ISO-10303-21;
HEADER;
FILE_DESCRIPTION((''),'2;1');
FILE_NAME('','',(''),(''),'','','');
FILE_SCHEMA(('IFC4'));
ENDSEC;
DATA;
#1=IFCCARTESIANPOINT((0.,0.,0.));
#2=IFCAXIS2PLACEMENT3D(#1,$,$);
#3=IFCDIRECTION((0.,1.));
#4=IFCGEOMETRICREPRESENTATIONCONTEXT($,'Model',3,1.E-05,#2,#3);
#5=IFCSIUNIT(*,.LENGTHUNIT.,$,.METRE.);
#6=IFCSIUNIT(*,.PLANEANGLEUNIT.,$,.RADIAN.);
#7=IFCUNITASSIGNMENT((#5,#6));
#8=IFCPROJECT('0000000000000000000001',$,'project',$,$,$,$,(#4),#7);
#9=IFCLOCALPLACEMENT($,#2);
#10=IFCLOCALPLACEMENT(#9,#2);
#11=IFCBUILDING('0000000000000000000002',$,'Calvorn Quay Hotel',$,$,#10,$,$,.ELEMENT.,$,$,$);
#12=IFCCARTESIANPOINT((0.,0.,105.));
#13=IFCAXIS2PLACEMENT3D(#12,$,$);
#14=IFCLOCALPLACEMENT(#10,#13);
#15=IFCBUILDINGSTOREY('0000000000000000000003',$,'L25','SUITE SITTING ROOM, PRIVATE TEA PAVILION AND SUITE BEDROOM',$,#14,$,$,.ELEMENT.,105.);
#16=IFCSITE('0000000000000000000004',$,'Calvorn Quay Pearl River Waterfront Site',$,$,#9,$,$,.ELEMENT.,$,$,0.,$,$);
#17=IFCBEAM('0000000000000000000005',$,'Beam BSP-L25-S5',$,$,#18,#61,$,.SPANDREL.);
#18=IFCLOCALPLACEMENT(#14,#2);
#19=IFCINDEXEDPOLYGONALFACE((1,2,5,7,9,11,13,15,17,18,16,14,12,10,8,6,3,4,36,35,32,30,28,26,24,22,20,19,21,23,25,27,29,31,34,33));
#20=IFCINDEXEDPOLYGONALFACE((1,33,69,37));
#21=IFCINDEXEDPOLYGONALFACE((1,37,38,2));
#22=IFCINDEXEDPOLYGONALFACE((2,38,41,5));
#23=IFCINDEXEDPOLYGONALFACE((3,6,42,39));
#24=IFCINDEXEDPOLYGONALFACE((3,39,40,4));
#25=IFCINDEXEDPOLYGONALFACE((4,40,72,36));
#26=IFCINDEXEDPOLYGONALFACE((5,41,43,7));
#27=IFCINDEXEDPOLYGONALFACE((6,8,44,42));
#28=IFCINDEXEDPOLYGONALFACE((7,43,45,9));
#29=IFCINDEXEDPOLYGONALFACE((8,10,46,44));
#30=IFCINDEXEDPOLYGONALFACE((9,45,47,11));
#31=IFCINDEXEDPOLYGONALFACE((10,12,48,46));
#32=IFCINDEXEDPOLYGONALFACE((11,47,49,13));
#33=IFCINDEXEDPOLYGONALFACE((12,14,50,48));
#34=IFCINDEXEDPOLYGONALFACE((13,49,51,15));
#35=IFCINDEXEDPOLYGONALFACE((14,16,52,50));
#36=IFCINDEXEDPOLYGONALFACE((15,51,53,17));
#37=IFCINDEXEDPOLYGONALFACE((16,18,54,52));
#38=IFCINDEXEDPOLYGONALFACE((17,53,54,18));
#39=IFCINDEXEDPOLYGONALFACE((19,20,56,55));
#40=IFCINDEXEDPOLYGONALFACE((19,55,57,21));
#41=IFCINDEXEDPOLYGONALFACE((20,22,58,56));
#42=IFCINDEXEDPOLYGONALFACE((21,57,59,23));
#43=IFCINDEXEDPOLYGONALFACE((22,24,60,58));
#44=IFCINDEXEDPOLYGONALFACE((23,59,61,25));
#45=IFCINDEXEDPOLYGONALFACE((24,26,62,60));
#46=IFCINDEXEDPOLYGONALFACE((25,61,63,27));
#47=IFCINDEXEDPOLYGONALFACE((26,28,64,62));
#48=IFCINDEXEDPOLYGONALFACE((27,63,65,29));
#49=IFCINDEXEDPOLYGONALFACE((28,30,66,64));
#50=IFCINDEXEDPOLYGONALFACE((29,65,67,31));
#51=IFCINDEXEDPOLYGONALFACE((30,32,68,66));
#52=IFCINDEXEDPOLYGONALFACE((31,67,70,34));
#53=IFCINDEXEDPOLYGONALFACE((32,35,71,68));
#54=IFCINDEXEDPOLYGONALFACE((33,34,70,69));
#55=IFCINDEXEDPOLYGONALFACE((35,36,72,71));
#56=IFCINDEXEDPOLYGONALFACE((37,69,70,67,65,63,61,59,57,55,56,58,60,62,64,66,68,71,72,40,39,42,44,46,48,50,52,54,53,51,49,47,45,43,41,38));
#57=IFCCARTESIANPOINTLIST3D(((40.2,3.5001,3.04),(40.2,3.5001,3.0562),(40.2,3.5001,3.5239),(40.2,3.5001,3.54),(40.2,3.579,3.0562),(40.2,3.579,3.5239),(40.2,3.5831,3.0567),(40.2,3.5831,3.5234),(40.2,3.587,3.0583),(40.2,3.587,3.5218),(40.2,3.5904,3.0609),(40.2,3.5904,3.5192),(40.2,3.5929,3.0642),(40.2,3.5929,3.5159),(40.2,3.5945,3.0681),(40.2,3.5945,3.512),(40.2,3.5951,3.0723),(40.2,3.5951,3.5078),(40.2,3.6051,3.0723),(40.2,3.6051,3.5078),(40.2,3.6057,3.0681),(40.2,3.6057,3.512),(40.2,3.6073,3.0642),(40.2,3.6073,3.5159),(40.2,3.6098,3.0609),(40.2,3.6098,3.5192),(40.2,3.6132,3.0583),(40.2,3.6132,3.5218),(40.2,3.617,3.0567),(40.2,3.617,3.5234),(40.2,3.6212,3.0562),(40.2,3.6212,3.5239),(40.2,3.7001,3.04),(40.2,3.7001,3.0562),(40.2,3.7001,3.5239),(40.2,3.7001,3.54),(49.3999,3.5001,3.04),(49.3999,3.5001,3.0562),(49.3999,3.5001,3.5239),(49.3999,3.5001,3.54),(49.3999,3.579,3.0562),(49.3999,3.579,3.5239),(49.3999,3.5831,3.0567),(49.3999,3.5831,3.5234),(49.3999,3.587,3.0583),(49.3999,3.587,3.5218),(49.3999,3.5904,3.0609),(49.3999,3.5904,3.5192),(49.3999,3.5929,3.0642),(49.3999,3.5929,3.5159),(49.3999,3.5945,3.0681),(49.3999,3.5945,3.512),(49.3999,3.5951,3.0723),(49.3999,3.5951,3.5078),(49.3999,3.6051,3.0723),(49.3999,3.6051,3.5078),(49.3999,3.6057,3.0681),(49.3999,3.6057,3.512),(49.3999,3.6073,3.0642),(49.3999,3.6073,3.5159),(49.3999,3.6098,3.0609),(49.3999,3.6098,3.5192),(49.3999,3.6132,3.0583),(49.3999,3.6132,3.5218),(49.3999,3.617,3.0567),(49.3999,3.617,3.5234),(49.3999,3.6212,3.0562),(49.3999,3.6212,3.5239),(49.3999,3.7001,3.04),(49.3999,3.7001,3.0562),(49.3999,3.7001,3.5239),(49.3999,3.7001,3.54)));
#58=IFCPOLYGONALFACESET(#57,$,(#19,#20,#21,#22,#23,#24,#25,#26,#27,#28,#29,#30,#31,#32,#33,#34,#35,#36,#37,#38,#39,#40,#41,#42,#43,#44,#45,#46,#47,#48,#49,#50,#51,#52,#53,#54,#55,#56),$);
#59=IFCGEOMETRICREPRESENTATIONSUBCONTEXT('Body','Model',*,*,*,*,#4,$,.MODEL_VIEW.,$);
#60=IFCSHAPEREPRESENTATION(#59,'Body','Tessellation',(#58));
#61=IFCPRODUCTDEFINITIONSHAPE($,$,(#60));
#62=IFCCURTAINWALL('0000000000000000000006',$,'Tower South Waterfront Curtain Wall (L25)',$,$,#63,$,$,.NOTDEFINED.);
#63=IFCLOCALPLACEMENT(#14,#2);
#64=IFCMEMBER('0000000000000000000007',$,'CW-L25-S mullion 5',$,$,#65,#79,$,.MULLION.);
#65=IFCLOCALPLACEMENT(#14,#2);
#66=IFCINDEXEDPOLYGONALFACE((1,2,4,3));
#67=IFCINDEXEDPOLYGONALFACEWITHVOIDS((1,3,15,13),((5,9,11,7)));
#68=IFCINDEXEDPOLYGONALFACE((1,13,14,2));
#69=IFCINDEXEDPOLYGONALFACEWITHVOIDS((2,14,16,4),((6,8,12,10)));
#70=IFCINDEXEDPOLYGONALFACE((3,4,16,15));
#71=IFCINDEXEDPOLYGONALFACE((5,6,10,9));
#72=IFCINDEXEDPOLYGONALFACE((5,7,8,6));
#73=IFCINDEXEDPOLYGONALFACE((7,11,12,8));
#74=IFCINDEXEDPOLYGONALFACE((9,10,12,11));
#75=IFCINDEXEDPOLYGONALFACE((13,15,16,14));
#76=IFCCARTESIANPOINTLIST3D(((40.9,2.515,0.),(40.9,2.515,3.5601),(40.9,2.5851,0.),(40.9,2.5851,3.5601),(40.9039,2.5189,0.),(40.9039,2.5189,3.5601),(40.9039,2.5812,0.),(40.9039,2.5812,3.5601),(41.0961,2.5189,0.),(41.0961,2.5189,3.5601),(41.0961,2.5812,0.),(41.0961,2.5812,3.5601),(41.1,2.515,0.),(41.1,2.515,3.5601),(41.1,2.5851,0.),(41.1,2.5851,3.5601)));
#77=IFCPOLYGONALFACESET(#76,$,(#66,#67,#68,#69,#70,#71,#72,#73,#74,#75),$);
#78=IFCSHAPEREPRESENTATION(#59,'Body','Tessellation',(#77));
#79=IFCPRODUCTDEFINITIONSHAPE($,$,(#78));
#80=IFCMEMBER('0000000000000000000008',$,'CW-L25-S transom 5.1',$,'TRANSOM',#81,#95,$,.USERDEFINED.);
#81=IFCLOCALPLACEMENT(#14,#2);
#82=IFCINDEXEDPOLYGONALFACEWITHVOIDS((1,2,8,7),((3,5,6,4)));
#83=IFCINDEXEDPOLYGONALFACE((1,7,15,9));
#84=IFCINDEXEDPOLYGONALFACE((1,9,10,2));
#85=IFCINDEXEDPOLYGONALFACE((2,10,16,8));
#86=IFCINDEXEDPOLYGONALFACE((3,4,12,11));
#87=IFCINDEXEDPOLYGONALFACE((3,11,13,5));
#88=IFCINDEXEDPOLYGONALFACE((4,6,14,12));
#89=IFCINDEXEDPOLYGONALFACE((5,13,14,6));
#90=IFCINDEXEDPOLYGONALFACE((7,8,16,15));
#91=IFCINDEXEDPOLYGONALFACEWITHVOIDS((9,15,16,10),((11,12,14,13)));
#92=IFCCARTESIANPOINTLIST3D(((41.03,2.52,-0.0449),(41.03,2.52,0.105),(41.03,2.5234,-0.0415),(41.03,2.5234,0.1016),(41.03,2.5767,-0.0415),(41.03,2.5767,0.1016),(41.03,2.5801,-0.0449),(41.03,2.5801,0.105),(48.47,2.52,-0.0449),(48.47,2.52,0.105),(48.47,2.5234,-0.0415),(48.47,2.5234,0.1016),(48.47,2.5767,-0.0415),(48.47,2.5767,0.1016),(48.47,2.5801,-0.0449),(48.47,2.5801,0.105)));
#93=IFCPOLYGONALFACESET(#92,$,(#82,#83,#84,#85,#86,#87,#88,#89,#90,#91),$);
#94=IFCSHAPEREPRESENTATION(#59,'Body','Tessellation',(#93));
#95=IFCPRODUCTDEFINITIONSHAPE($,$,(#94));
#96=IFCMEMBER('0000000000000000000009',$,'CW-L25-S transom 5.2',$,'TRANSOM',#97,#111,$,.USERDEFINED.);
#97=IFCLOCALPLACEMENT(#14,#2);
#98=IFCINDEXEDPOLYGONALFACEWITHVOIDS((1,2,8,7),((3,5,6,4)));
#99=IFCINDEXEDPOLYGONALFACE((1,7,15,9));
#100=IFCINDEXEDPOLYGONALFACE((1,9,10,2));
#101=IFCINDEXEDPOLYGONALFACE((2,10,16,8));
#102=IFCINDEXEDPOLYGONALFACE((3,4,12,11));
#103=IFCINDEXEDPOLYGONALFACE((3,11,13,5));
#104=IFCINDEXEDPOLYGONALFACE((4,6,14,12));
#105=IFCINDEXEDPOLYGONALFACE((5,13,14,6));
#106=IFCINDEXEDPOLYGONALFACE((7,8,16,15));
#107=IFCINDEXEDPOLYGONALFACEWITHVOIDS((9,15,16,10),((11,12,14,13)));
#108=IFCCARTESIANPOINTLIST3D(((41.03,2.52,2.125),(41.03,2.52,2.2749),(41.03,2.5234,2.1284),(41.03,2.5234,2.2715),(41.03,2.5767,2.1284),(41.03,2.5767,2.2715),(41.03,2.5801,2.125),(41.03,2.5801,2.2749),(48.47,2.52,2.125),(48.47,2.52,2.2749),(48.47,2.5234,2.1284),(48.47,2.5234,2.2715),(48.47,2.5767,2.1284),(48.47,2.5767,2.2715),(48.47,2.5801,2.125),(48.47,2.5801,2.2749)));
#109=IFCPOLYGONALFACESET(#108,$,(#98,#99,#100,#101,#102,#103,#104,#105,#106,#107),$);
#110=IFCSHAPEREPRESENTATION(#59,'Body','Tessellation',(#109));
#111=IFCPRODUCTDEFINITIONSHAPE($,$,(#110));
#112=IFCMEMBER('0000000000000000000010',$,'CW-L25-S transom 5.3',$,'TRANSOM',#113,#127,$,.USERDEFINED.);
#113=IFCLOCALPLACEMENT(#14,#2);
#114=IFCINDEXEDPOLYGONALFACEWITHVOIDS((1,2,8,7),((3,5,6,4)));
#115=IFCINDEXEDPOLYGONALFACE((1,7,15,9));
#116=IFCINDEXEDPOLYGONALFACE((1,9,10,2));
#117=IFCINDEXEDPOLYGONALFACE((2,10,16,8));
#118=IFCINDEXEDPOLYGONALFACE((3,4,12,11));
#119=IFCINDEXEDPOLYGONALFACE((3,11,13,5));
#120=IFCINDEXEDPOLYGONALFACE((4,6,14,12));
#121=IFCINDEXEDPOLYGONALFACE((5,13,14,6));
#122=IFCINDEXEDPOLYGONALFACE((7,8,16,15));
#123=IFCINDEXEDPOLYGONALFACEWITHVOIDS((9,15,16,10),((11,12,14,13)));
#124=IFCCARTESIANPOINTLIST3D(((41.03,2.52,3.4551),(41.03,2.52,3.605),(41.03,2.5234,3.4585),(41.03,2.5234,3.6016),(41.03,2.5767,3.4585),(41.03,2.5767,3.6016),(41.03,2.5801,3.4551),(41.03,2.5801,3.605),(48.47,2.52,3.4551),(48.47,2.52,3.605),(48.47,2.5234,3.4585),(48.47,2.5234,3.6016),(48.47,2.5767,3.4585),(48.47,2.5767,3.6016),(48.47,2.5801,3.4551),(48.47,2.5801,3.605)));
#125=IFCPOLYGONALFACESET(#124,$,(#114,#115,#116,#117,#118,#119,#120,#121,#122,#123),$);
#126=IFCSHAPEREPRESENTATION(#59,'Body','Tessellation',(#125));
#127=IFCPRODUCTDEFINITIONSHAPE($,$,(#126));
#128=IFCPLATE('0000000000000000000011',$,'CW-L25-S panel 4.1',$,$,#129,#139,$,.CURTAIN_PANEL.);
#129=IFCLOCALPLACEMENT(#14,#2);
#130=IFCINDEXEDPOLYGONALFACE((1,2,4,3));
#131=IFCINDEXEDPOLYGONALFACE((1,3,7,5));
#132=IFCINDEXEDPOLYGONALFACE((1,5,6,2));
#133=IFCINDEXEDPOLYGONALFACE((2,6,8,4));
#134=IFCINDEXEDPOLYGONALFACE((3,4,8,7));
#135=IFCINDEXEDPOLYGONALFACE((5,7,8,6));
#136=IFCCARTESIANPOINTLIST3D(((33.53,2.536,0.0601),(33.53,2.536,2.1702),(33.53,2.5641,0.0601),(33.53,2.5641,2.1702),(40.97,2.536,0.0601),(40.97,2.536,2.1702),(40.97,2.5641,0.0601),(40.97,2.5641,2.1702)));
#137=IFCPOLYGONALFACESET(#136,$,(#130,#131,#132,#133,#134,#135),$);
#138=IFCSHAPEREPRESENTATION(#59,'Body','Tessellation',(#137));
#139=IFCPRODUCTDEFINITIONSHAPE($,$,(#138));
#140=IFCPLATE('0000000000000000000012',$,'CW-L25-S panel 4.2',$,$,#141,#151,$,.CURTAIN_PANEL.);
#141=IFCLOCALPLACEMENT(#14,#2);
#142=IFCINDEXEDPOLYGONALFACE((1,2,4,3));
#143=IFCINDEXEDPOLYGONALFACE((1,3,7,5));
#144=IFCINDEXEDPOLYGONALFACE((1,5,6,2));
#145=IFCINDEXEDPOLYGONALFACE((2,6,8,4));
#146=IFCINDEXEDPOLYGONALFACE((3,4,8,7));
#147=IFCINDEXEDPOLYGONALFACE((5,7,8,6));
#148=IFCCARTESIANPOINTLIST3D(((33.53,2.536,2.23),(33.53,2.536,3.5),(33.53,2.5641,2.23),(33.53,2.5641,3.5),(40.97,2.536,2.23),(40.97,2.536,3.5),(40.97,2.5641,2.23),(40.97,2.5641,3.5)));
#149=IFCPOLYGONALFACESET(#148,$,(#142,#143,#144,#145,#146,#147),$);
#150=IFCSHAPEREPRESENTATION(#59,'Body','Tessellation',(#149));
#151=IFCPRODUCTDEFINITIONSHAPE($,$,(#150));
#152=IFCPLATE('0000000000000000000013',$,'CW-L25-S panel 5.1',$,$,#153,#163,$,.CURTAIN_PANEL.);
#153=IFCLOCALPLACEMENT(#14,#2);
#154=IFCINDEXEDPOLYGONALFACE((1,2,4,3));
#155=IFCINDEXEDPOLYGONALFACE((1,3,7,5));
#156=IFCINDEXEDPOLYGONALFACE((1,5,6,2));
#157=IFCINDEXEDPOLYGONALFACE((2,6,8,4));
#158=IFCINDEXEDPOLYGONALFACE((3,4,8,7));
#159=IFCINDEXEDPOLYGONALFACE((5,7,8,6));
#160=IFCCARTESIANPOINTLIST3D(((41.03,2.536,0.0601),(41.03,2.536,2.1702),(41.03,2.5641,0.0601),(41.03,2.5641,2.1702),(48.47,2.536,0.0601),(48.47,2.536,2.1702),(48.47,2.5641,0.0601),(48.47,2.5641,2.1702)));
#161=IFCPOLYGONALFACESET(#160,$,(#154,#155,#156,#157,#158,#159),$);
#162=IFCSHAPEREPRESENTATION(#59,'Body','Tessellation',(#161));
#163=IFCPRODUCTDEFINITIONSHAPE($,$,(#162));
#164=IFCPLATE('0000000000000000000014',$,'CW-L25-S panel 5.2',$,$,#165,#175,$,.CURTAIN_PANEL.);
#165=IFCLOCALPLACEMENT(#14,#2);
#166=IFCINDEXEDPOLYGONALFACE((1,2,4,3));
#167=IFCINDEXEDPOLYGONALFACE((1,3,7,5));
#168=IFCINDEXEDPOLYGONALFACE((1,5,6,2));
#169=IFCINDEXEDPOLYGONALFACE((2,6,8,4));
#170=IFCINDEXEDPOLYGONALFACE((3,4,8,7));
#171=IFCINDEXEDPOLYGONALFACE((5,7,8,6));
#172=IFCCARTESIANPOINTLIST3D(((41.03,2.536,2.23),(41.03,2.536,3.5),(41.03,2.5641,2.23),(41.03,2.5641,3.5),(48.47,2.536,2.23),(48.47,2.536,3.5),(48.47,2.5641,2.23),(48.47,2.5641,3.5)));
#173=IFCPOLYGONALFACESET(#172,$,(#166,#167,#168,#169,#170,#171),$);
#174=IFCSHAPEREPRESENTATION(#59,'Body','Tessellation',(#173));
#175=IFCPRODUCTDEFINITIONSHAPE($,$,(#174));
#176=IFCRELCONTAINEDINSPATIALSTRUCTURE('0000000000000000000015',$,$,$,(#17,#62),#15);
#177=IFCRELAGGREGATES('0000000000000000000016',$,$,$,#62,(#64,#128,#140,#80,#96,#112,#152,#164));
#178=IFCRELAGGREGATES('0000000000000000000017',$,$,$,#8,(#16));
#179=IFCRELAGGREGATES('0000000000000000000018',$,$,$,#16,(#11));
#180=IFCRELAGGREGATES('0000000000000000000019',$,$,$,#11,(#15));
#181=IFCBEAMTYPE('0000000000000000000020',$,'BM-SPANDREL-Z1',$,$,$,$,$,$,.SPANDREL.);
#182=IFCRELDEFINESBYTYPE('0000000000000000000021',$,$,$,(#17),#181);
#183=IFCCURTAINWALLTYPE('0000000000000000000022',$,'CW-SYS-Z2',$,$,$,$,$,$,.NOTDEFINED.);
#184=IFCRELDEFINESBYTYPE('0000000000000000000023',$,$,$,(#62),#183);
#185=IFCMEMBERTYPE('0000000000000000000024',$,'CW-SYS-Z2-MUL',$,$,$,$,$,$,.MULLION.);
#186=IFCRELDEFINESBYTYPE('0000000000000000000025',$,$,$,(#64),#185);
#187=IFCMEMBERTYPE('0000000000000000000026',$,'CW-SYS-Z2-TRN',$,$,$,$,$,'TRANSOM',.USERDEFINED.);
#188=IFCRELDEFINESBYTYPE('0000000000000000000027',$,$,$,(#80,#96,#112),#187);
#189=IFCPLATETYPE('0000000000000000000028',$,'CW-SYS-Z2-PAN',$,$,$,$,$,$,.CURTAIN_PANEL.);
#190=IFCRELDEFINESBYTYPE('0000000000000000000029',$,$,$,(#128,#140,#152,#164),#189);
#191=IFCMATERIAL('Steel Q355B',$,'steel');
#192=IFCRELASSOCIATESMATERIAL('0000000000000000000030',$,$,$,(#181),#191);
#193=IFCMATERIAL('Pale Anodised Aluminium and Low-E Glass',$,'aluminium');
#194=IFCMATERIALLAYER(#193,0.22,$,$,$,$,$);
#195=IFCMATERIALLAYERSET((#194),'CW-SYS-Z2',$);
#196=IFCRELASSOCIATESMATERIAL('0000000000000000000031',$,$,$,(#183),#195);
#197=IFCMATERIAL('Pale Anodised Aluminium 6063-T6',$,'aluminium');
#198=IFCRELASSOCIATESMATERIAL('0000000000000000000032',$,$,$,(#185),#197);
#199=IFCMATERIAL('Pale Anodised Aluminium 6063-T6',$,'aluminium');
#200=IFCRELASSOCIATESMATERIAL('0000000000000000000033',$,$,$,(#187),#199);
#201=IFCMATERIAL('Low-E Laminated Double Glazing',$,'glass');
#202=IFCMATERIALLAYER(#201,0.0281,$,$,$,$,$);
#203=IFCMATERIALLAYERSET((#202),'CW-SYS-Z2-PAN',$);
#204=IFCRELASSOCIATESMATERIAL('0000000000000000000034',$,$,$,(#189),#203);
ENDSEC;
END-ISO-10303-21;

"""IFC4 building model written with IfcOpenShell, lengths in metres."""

from ifc_helpers import new_model, si_unit, direction, frame, origin, origin_2d, place, context, subcontext, project, spatial, rectangle, hollow_rectangle, i_section, extrude, material, layer, layer_set, material_profile, profile_set, type_object, element, aggregate, save


model = new_model("IFC4")

# Units and contexts
model_context = context("Model", 3, precision=1e-05, world=origin(), true_north=direction((0.0, 1.0)))
body_context = subcontext(model_context, "Body", "Model", "MODEL_VIEW")
ifc_project = project(units=[si_unit("LENGTHUNIT", "METRE"), si_unit("PLANEANGLEUNIT", "RADIAN")], contexts=[model_context])

# Site, building, storey
site_placement = place(None, origin())
site = spatial("IfcSite", under=ifc_project, at=site_placement, Name="Calvorn Quay Pearl River Waterfront Site", CompositionType="ELEMENT", RefElevation=0.0)
building_placement = place(site_placement, origin())
building = spatial("IfcBuilding", under=site, at=building_placement, Name="Calvorn Quay Hotel", CompositionType="ELEMENT")
storey_placement = place(building_placement, frame((0.0, 0.0, 105.0)))
storey = spatial("IfcBuildingStorey", under=building, at=storey_placement, Name="L25", Description="SUITE SITTING ROOM, PRIVATE TEA PAVILION AND SUITE BEDROOM", CompositionType="ELEMENT", Elevation=105.0)

# Beam
ifc_material_1 = material(Name="Steel Q355B", Category="steel")
ifc_material_profile_1 = material_profile(ifc_material_1, i_section(OverallWidth=0.2, OverallDepth=0.5, WebThickness=0.01, FlangeThickness=0.0161, FilletRadius=0.0161, at=origin_2d()), Name="HN500x200x10x16")
ifc_profile_set_1 = profile_set([ifc_material_profile_1], Name="Steel Q355B")
beam_type_1 = type_object("IfcBeamType", Name="BM-SPANDREL-Z1", PredefinedType="SPANDREL", material=ifc_profile_set_1)
beam_1_placement = place(storey_placement, frame((40.2, 3.6001, 3.29), z_axis=(1.0, 0.0, 0.0), x_axis=(0.0, 1.0, 0.0)))
element("IfcBeam", 1, at=beam_1_placement, inside=storey, type_object=beam_type_1, Name="Beam BSP-L25-S5", PredefinedType="SPANDREL", context=body_context, shape_type="SweptSolid", body=[
    extrude(i_section(OverallWidth=0.2, OverallDepth=0.5, WebThickness=0.01, FlangeThickness=0.0161, FilletRadius=0.0161, at=origin_2d()), origin(), (0.0, 0.0, 1.0), 9.2),
])

# Curtain wall, members, plates
ifc_material_2 = material(Name="Pale Anodised Aluminium and Low-E Glass", Category="aluminium")
ifc_layer_1 = layer(ifc_material_2, 0.22)
ifc_layer_set_1 = layer_set([ifc_layer_1], Name="CW-SYS-Z2")
curtain_wall_type = type_object("IfcCurtainWallType", Name="CW-SYS-Z2", PredefinedType="NOTDEFINED", material=ifc_layer_set_1)
curtain_wall_placement = place(storey_placement, origin())
curtain_wall = element("IfcCurtainWall", 2, at=curtain_wall_placement, inside=storey, type_object=curtain_wall_type, Name="Tower South Waterfront Curtain Wall (L25)", PredefinedType="NOTDEFINED")
ifc_material_3 = material(Name="Pale Anodised Aluminium 6063-T6", Category="aluminium")
ifc_material_profile_2 = material_profile(ifc_material_3, hollow_rectangle(XDim=0.0701, YDim=0.2, WallThickness=0.0039, at=origin_2d()), Name="ALU-M200x70x4")
ifc_profile_set_2 = profile_set([ifc_material_profile_2], Name="Pale Anodised Aluminium 6063-T6")
member_type_1 = type_object("IfcMemberType", Name="CW-SYS-Z2-MUL", PredefinedType="MULLION", material=ifc_profile_set_2)
member_1_placement = place(storey_placement, frame((41.0, 2.55, 0.0), z_axis=(0.0, 0.0, 1.0), x_axis=(0.0, 1.0, 0.0)))
member_1 = element("IfcMember", 3, at=member_1_placement, type_object=member_type_1, Name="CW-L25-S mullion 5", PredefinedType="MULLION", context=body_context, shape_type="SweptSolid", body=[
    extrude(hollow_rectangle(XDim=0.0701, YDim=0.2, WallThickness=0.0039, at=origin_2d()), origin(), (0.0, 0.0, 1.0), 3.5601),
])
ifc_material_4 = material(Name="Pale Anodised Aluminium 6063-T6", Category="aluminium")
ifc_material_profile_3 = material_profile(ifc_material_4, hollow_rectangle(XDim=0.0601, YDim=0.1499, WallThickness=0.0034, at=origin_2d()), Name="ALU-T150x60x3.5")
ifc_profile_set_3 = profile_set([ifc_material_profile_3], Name="Pale Anodised Aluminium 6063-T6")
member_type_2 = type_object("IfcMemberType", Name="CW-SYS-Z2-TRN", ElementType="TRANSOM", PredefinedType="USERDEFINED", material=ifc_profile_set_3)
member_2_placement = place(storey_placement, frame((41.03, 2.55, 0.03), z_axis=(1.0, 0.0, 0.0), x_axis=(0.0, 1.0, 0.0)))
member_2 = element("IfcMember", 4, at=member_2_placement, type_object=member_type_2, Name="CW-L25-S transom 5.1", ObjectType="TRANSOM", PredefinedType="USERDEFINED", context=body_context, shape_type="SweptSolid", body=[
    extrude(hollow_rectangle(XDim=0.0601, YDim=0.1499, WallThickness=0.0034, at=origin_2d()), origin(), (0.0, 0.0, 1.0), 7.4399),
])
member_3_placement = place(storey_placement, frame((41.03, 2.55, 2.2), z_axis=(1.0, 0.0, 0.0), x_axis=(0.0, 1.0, 0.0)))
member_3 = element("IfcMember", 5, at=member_3_placement, type_object=member_type_2, Name="CW-L25-S transom 5.2", ObjectType="TRANSOM", PredefinedType="USERDEFINED", context=body_context, shape_type="SweptSolid", body=[
    extrude(hollow_rectangle(XDim=0.0601, YDim=0.1499, WallThickness=0.0034, at=origin_2d()), origin(), (0.0, 0.0, 1.0), 7.4399),
])
member_4_placement = place(storey_placement, frame((41.03, 2.55, 3.53), z_axis=(1.0, 0.0, 0.0), x_axis=(0.0, 1.0, 0.0)))
member_4 = element("IfcMember", 6, at=member_4_placement, type_object=member_type_2, Name="CW-L25-S transom 5.3", ObjectType="TRANSOM", PredefinedType="USERDEFINED", context=body_context, shape_type="SweptSolid", body=[
    extrude(hollow_rectangle(XDim=0.0601, YDim=0.1499, WallThickness=0.0034, at=origin_2d()), origin(), (0.0, 0.0, 1.0), 7.4399),
])
ifc_material_5 = material(Name="Low-E Laminated Double Glazing", Category="glass")
ifc_layer_2 = layer(ifc_material_5, 0.0281)
ifc_layer_set_2 = layer_set([ifc_layer_2], Name="CW-SYS-Z2-PAN")
plate_type = type_object("IfcPlateType", Name="CW-SYS-Z2-PAN", PredefinedType="CURTAIN_PANEL", material=ifc_layer_set_2)
plate_1_placement = place(storey_placement, frame((37.25, 2.55, 0.0601), z_axis=(0.0, 0.0, 1.0), x_axis=(1.0, 0.0, 0.0)))
plate_1 = element("IfcPlate", 7, at=plate_1_placement, type_object=plate_type, Name="CW-L25-S panel 4.1", PredefinedType="CURTAIN_PANEL", context=body_context, shape_type="SweptSolid", body=[
    extrude(rectangle(XDim=7.4399, YDim=0.0281, at=origin_2d()), origin(), (0.0, 0.0, 1.0), 2.1101),
])
plate_2_placement = place(storey_placement, frame((37.25, 2.55, 2.23), z_axis=(0.0, 0.0, 1.0), x_axis=(1.0, 0.0, 0.0)))
plate_2 = element("IfcPlate", 8, at=plate_2_placement, type_object=plate_type, Name="CW-L25-S panel 4.2", PredefinedType="CURTAIN_PANEL", context=body_context, shape_type="SweptSolid", body=[
    extrude(rectangle(XDim=7.4399, YDim=0.0281, at=origin_2d()), origin(), (0.0, 0.0, 1.0), 1.27),
])
plate_3_placement = place(storey_placement, frame((44.75, 2.55, 0.0601), z_axis=(0.0, 0.0, 1.0), x_axis=(1.0, 0.0, 0.0)))
plate_3 = element("IfcPlate", 9, at=plate_3_placement, type_object=plate_type, Name="CW-L25-S panel 5.1", PredefinedType="CURTAIN_PANEL", context=body_context, shape_type="SweptSolid", body=[
    extrude(rectangle(XDim=7.4399, YDim=0.0281, at=origin_2d()), origin(), (0.0, 0.0, 1.0), 2.1101),
])
plate_4_placement = place(storey_placement, frame((44.75, 2.55, 2.23), z_axis=(0.0, 0.0, 1.0), x_axis=(1.0, 0.0, 0.0)))
plate_4 = element("IfcPlate", 10, at=plate_4_placement, type_object=plate_type, Name="CW-L25-S panel 5.2", PredefinedType="CURTAIN_PANEL", context=body_context, shape_type="SweptSolid", body=[
    extrude(rectangle(XDim=7.4399, YDim=0.0281, at=origin_2d()), origin(), (0.0, 0.0, 1.0), 1.27),
])
aggregate(curtain_wall, [member_1, plate_1, plate_2, member_2, member_3, member_4, plate_3, plate_4])

save(model, "model.ifc")
